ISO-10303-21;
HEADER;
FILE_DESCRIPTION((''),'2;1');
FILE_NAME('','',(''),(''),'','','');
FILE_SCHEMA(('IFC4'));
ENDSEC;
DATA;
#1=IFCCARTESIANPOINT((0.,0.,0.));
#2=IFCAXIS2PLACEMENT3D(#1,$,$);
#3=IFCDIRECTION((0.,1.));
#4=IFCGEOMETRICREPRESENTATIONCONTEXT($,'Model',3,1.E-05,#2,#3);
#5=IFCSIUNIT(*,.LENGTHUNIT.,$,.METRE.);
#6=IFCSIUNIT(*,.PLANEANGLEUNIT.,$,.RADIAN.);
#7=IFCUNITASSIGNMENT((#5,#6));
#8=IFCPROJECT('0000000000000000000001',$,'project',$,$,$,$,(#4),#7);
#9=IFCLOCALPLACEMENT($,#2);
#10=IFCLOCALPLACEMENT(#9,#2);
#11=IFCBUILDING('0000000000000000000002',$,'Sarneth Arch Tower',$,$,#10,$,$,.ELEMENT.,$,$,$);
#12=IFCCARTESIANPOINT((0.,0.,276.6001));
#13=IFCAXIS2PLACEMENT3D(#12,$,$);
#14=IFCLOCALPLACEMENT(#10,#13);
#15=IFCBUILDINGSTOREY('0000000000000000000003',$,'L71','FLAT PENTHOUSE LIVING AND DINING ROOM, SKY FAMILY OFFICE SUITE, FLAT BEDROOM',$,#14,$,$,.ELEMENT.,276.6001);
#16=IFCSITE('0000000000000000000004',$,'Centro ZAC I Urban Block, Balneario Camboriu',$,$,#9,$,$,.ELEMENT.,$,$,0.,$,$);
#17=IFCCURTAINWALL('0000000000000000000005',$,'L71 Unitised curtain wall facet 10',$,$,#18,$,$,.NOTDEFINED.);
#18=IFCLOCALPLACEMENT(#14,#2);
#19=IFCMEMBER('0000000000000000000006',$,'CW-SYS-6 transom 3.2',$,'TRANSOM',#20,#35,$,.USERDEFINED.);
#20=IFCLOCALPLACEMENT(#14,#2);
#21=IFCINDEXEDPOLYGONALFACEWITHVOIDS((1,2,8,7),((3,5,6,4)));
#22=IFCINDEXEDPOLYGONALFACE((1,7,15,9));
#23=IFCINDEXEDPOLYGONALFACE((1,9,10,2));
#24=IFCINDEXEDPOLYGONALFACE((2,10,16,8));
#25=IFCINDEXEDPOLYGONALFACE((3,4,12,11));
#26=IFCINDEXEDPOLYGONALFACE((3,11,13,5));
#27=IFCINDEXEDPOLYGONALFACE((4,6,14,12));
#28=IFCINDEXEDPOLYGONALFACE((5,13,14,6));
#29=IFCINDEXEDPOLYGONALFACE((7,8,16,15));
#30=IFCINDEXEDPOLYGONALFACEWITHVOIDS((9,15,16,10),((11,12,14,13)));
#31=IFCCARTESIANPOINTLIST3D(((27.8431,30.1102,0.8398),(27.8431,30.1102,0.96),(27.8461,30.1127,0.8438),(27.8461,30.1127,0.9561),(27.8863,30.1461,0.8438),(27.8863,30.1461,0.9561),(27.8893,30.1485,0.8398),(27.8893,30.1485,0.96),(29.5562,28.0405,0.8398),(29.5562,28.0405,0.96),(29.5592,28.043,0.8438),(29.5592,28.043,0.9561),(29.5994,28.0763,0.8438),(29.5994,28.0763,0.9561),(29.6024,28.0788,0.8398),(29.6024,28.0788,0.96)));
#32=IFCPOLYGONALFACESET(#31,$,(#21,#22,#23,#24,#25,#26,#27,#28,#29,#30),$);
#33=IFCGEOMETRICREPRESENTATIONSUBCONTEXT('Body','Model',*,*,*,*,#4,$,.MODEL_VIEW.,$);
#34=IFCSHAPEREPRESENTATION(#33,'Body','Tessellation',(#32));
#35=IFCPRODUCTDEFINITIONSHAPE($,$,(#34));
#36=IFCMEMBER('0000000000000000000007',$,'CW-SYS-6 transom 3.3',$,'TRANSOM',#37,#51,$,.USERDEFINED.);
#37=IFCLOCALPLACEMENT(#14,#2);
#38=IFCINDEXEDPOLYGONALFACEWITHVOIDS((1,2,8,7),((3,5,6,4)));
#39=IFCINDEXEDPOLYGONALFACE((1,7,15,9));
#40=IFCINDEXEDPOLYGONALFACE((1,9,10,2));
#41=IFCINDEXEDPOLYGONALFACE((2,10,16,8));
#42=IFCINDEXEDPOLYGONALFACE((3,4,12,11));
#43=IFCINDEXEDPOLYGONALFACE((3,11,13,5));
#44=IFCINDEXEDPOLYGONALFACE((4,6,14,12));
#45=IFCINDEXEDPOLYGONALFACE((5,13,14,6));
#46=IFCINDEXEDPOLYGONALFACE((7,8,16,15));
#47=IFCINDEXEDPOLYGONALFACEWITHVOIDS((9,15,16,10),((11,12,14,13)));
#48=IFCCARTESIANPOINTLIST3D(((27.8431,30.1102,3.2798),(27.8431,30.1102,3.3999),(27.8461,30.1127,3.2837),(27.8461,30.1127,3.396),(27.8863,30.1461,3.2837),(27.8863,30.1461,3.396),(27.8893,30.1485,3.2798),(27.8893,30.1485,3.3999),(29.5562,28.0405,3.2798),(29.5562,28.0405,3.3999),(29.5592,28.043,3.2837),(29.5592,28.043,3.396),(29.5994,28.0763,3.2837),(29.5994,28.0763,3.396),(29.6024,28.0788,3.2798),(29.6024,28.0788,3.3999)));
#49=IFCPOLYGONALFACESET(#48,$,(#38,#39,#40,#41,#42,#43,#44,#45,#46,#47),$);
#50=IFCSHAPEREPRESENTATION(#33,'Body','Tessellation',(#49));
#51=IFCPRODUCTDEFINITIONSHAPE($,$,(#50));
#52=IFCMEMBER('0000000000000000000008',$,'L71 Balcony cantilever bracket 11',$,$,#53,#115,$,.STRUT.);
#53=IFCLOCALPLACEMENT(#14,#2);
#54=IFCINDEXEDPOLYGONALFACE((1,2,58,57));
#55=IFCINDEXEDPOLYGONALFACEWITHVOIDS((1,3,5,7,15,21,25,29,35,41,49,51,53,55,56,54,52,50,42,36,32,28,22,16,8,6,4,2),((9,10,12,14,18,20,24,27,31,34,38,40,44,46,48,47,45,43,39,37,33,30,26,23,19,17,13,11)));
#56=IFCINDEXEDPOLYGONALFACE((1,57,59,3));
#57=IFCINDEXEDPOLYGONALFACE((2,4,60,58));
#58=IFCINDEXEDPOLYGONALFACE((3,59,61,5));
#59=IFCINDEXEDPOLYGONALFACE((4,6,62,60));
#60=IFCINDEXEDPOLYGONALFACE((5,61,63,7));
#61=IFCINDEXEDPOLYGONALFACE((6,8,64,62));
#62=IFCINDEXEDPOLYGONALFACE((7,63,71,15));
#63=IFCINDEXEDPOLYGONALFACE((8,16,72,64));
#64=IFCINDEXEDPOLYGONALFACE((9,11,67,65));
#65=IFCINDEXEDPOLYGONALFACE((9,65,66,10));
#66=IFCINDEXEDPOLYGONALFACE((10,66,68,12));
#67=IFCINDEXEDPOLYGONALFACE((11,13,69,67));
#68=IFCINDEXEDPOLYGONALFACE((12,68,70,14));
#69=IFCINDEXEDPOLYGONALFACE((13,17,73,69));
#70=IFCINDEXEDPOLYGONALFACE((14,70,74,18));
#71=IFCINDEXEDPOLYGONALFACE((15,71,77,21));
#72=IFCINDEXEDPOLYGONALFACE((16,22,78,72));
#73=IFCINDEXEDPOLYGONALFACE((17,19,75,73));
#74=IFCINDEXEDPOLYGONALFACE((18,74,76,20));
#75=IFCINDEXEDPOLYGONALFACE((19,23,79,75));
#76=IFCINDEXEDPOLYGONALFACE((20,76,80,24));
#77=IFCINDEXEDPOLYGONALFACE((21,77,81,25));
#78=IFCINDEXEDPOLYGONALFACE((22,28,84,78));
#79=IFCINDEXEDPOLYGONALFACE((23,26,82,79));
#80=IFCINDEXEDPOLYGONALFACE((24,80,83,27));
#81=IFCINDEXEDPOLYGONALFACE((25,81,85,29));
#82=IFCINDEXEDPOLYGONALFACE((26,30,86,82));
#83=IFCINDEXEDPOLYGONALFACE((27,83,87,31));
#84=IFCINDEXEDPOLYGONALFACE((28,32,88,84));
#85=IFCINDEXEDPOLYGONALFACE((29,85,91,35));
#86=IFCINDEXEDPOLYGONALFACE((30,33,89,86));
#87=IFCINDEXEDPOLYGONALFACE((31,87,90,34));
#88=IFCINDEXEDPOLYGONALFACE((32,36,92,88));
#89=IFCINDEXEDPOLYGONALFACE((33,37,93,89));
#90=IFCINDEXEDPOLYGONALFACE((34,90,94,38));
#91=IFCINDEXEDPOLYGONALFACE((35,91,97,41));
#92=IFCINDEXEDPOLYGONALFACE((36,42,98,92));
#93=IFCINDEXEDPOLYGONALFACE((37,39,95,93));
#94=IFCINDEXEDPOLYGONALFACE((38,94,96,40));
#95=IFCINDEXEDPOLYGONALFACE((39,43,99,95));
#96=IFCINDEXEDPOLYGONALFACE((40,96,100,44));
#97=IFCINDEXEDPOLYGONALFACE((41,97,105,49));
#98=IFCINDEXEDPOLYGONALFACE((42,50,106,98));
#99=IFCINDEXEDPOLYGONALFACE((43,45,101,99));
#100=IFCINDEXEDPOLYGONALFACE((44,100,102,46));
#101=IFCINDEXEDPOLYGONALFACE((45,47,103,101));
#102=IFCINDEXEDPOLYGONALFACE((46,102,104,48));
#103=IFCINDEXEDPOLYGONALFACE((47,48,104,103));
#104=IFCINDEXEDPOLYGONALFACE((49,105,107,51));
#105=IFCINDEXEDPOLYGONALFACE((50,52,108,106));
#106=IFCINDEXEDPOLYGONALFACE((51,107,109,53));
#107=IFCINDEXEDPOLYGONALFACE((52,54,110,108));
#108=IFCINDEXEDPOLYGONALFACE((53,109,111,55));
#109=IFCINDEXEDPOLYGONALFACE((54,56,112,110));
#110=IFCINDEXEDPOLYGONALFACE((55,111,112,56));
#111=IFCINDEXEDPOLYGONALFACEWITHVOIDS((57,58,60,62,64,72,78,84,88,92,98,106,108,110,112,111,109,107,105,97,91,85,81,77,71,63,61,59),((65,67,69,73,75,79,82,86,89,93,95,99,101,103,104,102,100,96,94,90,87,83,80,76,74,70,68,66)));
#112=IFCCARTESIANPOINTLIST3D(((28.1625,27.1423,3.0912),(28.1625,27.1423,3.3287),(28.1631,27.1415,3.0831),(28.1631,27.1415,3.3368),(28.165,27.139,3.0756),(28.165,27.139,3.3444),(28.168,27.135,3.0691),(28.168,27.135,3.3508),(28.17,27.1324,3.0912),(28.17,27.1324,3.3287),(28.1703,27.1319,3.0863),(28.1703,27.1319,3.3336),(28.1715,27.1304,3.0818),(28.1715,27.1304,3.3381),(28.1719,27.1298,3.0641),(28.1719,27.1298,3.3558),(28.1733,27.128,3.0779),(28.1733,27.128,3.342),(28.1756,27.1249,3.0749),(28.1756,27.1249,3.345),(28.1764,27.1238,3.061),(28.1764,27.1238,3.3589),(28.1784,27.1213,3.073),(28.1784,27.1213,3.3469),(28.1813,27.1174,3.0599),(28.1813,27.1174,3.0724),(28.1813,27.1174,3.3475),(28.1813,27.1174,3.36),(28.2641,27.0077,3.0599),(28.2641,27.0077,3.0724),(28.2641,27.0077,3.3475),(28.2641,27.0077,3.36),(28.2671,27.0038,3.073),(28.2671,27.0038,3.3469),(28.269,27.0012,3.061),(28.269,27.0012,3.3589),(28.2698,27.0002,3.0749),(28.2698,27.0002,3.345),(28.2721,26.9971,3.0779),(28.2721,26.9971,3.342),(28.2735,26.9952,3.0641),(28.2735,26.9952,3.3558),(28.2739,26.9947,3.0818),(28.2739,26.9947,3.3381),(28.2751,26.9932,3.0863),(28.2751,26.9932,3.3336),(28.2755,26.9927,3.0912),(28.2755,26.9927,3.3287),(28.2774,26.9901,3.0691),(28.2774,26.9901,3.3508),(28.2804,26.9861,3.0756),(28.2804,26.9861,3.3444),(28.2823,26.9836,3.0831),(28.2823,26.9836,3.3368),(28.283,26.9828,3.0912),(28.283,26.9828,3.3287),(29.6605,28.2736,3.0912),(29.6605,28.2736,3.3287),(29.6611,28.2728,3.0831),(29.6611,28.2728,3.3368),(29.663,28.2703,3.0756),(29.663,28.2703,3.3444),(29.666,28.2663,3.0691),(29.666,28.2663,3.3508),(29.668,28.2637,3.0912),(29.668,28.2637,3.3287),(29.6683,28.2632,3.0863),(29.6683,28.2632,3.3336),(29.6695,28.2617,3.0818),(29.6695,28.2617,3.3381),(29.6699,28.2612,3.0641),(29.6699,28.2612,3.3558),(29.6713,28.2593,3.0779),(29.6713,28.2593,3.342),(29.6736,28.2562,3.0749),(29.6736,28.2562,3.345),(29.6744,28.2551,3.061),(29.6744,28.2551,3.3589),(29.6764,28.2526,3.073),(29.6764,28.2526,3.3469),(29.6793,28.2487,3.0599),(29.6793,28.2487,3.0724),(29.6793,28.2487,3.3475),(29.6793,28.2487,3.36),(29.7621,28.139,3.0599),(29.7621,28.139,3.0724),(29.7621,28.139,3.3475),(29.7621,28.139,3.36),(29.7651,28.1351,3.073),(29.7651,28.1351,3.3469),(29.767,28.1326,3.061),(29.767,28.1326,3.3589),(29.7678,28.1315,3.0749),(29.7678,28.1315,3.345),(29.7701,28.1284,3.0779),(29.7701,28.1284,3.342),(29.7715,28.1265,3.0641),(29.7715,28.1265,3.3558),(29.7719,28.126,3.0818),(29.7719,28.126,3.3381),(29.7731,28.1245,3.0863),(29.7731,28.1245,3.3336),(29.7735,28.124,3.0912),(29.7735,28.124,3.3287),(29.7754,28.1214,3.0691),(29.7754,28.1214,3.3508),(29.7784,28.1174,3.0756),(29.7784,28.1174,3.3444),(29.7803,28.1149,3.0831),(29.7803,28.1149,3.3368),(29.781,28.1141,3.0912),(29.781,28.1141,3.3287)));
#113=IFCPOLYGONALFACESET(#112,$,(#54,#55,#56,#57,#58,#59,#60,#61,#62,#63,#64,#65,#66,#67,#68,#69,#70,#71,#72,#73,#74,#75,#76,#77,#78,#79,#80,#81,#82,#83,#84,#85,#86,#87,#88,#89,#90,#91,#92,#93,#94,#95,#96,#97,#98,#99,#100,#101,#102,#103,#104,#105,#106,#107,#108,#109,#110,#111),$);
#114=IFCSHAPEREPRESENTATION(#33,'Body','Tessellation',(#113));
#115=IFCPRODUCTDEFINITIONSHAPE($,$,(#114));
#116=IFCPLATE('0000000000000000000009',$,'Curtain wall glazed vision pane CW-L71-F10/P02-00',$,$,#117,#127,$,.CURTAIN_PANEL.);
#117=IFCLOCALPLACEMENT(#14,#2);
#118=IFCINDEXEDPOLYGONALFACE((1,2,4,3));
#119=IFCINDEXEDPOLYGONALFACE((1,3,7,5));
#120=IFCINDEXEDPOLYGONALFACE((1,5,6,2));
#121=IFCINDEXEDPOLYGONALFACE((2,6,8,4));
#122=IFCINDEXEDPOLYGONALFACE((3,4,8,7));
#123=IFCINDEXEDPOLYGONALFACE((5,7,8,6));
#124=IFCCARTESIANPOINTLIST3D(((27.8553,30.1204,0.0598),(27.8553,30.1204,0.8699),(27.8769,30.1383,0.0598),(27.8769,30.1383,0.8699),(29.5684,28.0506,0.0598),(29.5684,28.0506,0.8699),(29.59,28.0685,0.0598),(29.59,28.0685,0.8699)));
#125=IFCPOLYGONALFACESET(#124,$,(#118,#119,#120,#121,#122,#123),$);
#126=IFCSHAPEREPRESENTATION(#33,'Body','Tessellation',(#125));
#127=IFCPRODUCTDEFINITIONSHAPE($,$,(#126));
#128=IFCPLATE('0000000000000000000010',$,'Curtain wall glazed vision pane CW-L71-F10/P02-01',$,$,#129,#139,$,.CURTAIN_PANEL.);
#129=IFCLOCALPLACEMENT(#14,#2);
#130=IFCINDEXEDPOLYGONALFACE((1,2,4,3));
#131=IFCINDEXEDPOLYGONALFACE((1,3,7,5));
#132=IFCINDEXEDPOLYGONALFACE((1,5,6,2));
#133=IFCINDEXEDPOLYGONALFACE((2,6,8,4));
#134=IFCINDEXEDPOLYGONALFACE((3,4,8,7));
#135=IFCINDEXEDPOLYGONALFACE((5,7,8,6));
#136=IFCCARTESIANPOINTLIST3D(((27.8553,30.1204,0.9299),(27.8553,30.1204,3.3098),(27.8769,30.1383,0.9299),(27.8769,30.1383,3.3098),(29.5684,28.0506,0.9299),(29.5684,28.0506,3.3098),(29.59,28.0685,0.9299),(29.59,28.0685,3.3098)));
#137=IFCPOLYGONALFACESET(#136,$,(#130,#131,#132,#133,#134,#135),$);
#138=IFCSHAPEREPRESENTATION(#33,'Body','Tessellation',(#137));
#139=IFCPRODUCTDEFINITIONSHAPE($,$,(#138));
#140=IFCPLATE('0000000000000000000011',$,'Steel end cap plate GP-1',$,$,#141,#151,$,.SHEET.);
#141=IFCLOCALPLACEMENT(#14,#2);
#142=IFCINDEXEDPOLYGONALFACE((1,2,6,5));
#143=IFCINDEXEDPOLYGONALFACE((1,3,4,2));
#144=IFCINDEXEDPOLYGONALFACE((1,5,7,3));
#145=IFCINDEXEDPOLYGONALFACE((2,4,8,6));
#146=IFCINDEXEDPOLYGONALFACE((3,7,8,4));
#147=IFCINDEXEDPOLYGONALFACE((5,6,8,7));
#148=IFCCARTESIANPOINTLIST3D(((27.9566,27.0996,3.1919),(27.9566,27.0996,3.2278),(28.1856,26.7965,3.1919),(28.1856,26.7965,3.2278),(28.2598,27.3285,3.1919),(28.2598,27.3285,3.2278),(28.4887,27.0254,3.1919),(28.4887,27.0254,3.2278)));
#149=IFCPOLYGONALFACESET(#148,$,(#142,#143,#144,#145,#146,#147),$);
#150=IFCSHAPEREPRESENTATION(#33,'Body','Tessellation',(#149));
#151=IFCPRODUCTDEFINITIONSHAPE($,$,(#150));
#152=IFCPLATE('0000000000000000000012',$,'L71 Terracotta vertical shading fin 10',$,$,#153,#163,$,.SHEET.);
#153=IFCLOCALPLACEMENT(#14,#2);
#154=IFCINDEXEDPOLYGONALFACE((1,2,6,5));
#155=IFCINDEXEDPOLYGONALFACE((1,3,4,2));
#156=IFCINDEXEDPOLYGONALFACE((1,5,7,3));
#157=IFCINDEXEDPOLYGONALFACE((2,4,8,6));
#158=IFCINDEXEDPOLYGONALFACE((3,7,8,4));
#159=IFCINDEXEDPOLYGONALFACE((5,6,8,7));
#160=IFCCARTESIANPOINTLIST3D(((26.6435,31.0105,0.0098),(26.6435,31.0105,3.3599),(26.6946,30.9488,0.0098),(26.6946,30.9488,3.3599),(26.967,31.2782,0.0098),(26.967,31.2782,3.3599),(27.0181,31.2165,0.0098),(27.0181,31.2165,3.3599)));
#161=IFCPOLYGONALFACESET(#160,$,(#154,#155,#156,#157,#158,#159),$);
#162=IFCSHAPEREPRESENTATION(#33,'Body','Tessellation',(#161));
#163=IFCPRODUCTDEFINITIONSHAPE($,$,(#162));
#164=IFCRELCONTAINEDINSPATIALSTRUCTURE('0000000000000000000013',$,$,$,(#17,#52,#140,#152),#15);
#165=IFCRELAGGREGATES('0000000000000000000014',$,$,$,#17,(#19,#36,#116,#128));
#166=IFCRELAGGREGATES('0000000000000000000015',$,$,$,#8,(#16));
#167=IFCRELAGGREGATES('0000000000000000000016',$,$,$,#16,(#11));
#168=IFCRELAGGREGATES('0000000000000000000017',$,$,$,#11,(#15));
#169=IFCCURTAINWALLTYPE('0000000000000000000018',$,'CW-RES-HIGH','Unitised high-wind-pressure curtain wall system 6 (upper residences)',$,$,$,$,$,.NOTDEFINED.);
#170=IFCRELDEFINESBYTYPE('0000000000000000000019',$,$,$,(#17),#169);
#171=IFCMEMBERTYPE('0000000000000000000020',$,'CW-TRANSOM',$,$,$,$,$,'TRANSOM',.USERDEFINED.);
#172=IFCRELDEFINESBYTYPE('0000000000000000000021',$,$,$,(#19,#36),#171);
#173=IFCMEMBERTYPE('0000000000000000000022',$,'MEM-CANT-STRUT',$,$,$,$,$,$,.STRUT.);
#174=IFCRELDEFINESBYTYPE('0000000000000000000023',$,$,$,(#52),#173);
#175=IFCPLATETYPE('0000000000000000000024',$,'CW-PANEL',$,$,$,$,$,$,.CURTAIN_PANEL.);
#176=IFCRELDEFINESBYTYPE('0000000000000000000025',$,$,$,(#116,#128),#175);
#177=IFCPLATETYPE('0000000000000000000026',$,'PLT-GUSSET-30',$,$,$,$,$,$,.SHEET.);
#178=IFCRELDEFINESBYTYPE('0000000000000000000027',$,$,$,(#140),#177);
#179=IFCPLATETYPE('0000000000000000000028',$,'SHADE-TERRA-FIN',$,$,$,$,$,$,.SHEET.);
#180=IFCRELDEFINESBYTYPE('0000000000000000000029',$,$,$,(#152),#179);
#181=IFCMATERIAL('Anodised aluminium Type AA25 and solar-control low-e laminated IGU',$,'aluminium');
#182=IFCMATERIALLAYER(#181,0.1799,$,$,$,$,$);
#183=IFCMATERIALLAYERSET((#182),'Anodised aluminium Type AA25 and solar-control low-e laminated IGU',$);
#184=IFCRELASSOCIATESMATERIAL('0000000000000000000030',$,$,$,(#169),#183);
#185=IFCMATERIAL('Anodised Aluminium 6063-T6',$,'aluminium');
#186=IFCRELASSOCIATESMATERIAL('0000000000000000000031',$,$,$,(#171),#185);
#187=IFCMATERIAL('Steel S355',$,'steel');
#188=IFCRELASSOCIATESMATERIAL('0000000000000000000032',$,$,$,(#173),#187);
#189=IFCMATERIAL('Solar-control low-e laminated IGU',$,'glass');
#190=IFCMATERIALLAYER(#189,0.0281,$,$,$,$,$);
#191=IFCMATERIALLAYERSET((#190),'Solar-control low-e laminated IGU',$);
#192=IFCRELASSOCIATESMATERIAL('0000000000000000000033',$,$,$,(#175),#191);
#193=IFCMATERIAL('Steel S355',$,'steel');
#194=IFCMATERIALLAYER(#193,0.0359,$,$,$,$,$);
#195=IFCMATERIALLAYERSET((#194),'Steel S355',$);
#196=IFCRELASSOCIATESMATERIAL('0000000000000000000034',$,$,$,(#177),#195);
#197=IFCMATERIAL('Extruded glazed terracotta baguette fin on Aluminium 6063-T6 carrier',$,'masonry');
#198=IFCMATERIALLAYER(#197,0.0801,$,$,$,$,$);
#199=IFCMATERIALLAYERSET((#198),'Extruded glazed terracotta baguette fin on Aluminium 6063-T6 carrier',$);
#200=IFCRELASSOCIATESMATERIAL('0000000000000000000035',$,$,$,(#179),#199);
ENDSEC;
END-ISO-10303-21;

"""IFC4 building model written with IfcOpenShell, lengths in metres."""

from ifc_helpers import new_model, si_unit, direction, frame, origin, origin_2d, place, context, subcontext, project, spatial, rectangle, hollow_rectangle, extrude, material, layer, layer_set, material_profile, profile_set, type_object, element, aggregate, save


model = new_model("IFC4")

# Units and contexts
model_context = context("Model", 3, precision=1e-05, world=origin(), true_north=direction((0.0, 1.0)))
body_context = subcontext(model_context, "Body", "Model", "MODEL_VIEW")
ifc_project = project(units=[si_unit("LENGTHUNIT", "METRE"), si_unit("PLANEANGLEUNIT", "RADIAN")], contexts=[model_context])

# Site, building, storey
site_placement = place(None, origin())
site = spatial("IfcSite", under=ifc_project, at=site_placement, Name="Centro ZAC I Urban Block, Balneario Camboriu", CompositionType="ELEMENT", RefElevation=0.0)
building_placement = place(site_placement, origin())
building = spatial("IfcBuilding", under=site, at=building_placement, Name="Sarneth Arch Tower", CompositionType="ELEMENT")
storey_placement = place(building_placement, frame((0.0, 0.0, 276.6001)))
storey = spatial("IfcBuildingStorey", under=building, at=storey_placement, Name="L71", Description="FLAT PENTHOUSE LIVING AND DINING ROOM, SKY FAMILY OFFICE SUITE, FLAT BEDROOM", CompositionType="ELEMENT", Elevation=276.6001)

# Curtain wall, members
ifc_material_1 = material(Name="Anodised aluminium Type AA25 and solar-control low-e laminated IGU", Category="aluminium")
ifc_layer_1 = layer(ifc_material_1, 0.1799)
ifc_layer_set_1 = layer_set([ifc_layer_1], Name="Anodised aluminium Type AA25 and solar-control low-e laminated IGU")
curtain_wall_type = type_object("IfcCurtainWallType", Name="CW-RES-HIGH", Description="Unitised high-wind-pressure curtain wall system 6 (upper residences)", PredefinedType="NOTDEFINED", material=ifc_layer_set_1)
curtain_wall_placement = place(storey_placement, origin())
curtain_wall = element("IfcCurtainWall", 1, at=curtain_wall_placement, inside=storey, type_object=curtain_wall_type, Name="L71 Unitised curtain wall facet 10", PredefinedType="NOTDEFINED")
ifc_material_2 = material(Name="Anodised Aluminium 6063-T6", Category="aluminium")
ifc_material_profile_1 = material_profile(ifc_material_2, hollow_rectangle(XDim=0.0601, YDim=0.1201, WallThickness=0.0039, at=origin_2d()), Name="AL-TRAN-120x60x4")
ifc_profile_set_1 = profile_set([ifc_material_profile_1], Name="Anodised Aluminium 6063-T6")
member_type_1 = type_object("IfcMemberType", Name="CW-TRANSOM", ElementType="TRANSOM", PredefinedType="USERDEFINED", material=ifc_profile_set_1)
member_1_placement = place(storey_placement, frame((27.8662, 30.1294, 0.8999), z_axis=(0.637607, -0.770362, 0.0), x_axis=(0.770362, 0.637607, 0.0)))
member_1 = element("IfcMember", 2, at=member_1_placement, type_object=member_type_1, Name="CW-SYS-6 transom 3.2", ObjectType="TRANSOM", PredefinedType="USERDEFINED", context=body_context, shape_type="SweptSolid", body=[
    extrude(hollow_rectangle(XDim=0.0601, YDim=0.1201, WallThickness=0.0039, at=origin_2d()), origin(), (0.0, 0.0, 1.0), 2.6868),
])
member_2_placement = place(storey_placement, frame((27.8662, 30.1294, 3.3398), z_axis=(0.637607, -0.770362, 0.0), x_axis=(0.770362, 0.637607, 0.0)))
member_2 = element("IfcMember", 3, at=member_2_placement, type_object=member_type_1, Name="CW-SYS-6 transom 3.3", ObjectType="TRANSOM", PredefinedType="USERDEFINED", context=body_context, shape_type="SweptSolid", body=[
    extrude(hollow_rectangle(XDim=0.0601, YDim=0.1201, WallThickness=0.0039, at=origin_2d()), origin(), (0.0, 0.0, 1.0), 2.6868),
])

# Member
ifc_material_3 = material(Name="Steel S355", Category="steel")
ifc_material_profile_2 = material_profile(ifc_material_3, hollow_rectangle(XDim=0.2, YDim=0.3, WallThickness=0.0125, InnerFilletRadius=0.0188, OuterFilletRadius=0.0312, at=origin_2d()), Name="RHS300x200x12.5")
ifc_profile_set_2 = profile_set([ifc_material_profile_2], Name="Steel S355")
member_type_2 = type_object("IfcMemberType", Name="MEM-CANT-STRUT", PredefinedType="STRUT", material=ifc_profile_set_2)
member_3_placement = place(storey_placement, frame((29.7207, 28.1938, 3.21), z_axis=(-0.797998, -0.60266, 0.0), x_axis=(0.60266, -0.797998, 0.0)))
element("IfcMember", 4, at=member_3_placement, inside=storey, type_object=member_type_2, Name="L71 Balcony cantilever bracket 11", PredefinedType="STRUT", context=body_context, shape_type="SweptSolid", body=[
    extrude(hollow_rectangle(XDim=0.2, YDim=0.3, WallThickness=0.0125, InnerFilletRadius=0.0188, OuterFilletRadius=0.0312, at=origin_2d()), origin(), (0.0, 0.0, 1.0), 1.8772),
])

# Plates
ifc_material_4 = material(Name="Solar-control low-e laminated IGU", Category="glass")
ifc_layer_2 = layer(ifc_material_4, 0.0281)
ifc_layer_set_2 = layer_set([ifc_layer_2], Name="Solar-control low-e laminated IGU")
plate_type_1 = type_object("IfcPlateType", Name="CW-PANEL", PredefinedType="CURTAIN_PANEL", material=ifc_layer_set_2)
plate_1_placement = place(storey_placement, frame((28.7227, 29.0945, 0.0598), z_axis=(0.0, 0.0, 1.0), x_axis=(0.63761, -0.770359, 0.0)))
plate_1 = element("IfcPlate", 5, at=plate_1_placement, type_object=plate_type_1, Name="Curtain wall glazed vision pane CW-L71-F10/P02-00", PredefinedType="CURTAIN_PANEL", context=body_context, shape_type="SweptSolid", body=[
    extrude(rectangle(XDim=2.6868, YDim=0.0281, at=origin_2d()), origin(), (0.0, 0.0, 1.0), 0.8101),
])
plate_2_placement = place(storey_placement, frame((28.7227, 29.0945, 0.9299), z_axis=(0.0, 0.0, 1.0), x_axis=(0.63761, -0.770359, 0.0)))
plate_2 = element("IfcPlate", 6, at=plate_2_placement, type_object=plate_type_1, Name="Curtain wall glazed vision pane CW-L71-F10/P02-01", PredefinedType="CURTAIN_PANEL", context=body_context, shape_type="SweptSolid", body=[
    extrude(rectangle(XDim=2.6868, YDim=0.0281, at=origin_2d()), origin(), (0.0, 0.0, 1.0), 2.3799),
])
aggregate(curtain_wall, [member_1, member_2, plate_1, plate_2])

# Plates
ifc_material_5 = material(Name="Steel S355", Category="steel")
ifc_layer_3 = layer(ifc_material_5, 0.0359)
ifc_layer_set_3 = layer_set([ifc_layer_3], Name="Steel S355")
plate_type_2 = type_object("IfcPlateType", Name="PLT-GUSSET-30", PredefinedType="SHEET", material=ifc_layer_set_3)
plate_3_placement = place(storey_placement, frame((28.2227, 27.0625, 3.1919), z_axis=(0.0, 0.0, 1.0), x_axis=(-0.798005, -0.602651, 0.0)))
element("IfcPlate", 7, at=plate_3_placement, inside=storey, type_object=plate_type_2, Name="Steel end cap plate GP-1", PredefinedType="SHEET", context=body_context, shape_type="SweptSolid", body=[
    extrude(rectangle(XDim=0.3799, YDim=0.3799, at=origin_2d()), origin(), (0.0, 0.0, 1.0), 0.0359),
])
ifc_material_6 = material(Name="Extruded glazed terracotta baguette fin on Aluminium 6063-T6 carrier", Category="masonry")
ifc_layer_4 = layer(ifc_material_6, 0.0801)
ifc_layer_set_4 = layer_set([ifc_layer_4], Name="Extruded glazed terracotta baguette fin on Aluminium 6063-T6 carrier")
plate_type_3 = type_object("IfcPlateType", Name="SHADE-TERRA-FIN", PredefinedType="SHEET", material=ifc_layer_set_4)
plate_4_placement = place(storey_placement, frame((26.8308, 31.1135, 0.0098), z_axis=(0.0, 0.0, 1.0), x_axis=(-0.770402, -0.637558, 0.0)))
element("IfcPlate", 8, at=plate_4_placement, inside=storey, type_object=plate_type_3, Name="L71 Terracotta vertical shading fin 10", PredefinedType="SHEET", context=body_context, shape_type="SweptSolid", body=[
    extrude(rectangle(XDim=0.4199, YDim=0.0801, at=origin_2d()), origin(), (0.0, 0.0, 1.0), 3.3501),
])

save(model, "model.ifc")
